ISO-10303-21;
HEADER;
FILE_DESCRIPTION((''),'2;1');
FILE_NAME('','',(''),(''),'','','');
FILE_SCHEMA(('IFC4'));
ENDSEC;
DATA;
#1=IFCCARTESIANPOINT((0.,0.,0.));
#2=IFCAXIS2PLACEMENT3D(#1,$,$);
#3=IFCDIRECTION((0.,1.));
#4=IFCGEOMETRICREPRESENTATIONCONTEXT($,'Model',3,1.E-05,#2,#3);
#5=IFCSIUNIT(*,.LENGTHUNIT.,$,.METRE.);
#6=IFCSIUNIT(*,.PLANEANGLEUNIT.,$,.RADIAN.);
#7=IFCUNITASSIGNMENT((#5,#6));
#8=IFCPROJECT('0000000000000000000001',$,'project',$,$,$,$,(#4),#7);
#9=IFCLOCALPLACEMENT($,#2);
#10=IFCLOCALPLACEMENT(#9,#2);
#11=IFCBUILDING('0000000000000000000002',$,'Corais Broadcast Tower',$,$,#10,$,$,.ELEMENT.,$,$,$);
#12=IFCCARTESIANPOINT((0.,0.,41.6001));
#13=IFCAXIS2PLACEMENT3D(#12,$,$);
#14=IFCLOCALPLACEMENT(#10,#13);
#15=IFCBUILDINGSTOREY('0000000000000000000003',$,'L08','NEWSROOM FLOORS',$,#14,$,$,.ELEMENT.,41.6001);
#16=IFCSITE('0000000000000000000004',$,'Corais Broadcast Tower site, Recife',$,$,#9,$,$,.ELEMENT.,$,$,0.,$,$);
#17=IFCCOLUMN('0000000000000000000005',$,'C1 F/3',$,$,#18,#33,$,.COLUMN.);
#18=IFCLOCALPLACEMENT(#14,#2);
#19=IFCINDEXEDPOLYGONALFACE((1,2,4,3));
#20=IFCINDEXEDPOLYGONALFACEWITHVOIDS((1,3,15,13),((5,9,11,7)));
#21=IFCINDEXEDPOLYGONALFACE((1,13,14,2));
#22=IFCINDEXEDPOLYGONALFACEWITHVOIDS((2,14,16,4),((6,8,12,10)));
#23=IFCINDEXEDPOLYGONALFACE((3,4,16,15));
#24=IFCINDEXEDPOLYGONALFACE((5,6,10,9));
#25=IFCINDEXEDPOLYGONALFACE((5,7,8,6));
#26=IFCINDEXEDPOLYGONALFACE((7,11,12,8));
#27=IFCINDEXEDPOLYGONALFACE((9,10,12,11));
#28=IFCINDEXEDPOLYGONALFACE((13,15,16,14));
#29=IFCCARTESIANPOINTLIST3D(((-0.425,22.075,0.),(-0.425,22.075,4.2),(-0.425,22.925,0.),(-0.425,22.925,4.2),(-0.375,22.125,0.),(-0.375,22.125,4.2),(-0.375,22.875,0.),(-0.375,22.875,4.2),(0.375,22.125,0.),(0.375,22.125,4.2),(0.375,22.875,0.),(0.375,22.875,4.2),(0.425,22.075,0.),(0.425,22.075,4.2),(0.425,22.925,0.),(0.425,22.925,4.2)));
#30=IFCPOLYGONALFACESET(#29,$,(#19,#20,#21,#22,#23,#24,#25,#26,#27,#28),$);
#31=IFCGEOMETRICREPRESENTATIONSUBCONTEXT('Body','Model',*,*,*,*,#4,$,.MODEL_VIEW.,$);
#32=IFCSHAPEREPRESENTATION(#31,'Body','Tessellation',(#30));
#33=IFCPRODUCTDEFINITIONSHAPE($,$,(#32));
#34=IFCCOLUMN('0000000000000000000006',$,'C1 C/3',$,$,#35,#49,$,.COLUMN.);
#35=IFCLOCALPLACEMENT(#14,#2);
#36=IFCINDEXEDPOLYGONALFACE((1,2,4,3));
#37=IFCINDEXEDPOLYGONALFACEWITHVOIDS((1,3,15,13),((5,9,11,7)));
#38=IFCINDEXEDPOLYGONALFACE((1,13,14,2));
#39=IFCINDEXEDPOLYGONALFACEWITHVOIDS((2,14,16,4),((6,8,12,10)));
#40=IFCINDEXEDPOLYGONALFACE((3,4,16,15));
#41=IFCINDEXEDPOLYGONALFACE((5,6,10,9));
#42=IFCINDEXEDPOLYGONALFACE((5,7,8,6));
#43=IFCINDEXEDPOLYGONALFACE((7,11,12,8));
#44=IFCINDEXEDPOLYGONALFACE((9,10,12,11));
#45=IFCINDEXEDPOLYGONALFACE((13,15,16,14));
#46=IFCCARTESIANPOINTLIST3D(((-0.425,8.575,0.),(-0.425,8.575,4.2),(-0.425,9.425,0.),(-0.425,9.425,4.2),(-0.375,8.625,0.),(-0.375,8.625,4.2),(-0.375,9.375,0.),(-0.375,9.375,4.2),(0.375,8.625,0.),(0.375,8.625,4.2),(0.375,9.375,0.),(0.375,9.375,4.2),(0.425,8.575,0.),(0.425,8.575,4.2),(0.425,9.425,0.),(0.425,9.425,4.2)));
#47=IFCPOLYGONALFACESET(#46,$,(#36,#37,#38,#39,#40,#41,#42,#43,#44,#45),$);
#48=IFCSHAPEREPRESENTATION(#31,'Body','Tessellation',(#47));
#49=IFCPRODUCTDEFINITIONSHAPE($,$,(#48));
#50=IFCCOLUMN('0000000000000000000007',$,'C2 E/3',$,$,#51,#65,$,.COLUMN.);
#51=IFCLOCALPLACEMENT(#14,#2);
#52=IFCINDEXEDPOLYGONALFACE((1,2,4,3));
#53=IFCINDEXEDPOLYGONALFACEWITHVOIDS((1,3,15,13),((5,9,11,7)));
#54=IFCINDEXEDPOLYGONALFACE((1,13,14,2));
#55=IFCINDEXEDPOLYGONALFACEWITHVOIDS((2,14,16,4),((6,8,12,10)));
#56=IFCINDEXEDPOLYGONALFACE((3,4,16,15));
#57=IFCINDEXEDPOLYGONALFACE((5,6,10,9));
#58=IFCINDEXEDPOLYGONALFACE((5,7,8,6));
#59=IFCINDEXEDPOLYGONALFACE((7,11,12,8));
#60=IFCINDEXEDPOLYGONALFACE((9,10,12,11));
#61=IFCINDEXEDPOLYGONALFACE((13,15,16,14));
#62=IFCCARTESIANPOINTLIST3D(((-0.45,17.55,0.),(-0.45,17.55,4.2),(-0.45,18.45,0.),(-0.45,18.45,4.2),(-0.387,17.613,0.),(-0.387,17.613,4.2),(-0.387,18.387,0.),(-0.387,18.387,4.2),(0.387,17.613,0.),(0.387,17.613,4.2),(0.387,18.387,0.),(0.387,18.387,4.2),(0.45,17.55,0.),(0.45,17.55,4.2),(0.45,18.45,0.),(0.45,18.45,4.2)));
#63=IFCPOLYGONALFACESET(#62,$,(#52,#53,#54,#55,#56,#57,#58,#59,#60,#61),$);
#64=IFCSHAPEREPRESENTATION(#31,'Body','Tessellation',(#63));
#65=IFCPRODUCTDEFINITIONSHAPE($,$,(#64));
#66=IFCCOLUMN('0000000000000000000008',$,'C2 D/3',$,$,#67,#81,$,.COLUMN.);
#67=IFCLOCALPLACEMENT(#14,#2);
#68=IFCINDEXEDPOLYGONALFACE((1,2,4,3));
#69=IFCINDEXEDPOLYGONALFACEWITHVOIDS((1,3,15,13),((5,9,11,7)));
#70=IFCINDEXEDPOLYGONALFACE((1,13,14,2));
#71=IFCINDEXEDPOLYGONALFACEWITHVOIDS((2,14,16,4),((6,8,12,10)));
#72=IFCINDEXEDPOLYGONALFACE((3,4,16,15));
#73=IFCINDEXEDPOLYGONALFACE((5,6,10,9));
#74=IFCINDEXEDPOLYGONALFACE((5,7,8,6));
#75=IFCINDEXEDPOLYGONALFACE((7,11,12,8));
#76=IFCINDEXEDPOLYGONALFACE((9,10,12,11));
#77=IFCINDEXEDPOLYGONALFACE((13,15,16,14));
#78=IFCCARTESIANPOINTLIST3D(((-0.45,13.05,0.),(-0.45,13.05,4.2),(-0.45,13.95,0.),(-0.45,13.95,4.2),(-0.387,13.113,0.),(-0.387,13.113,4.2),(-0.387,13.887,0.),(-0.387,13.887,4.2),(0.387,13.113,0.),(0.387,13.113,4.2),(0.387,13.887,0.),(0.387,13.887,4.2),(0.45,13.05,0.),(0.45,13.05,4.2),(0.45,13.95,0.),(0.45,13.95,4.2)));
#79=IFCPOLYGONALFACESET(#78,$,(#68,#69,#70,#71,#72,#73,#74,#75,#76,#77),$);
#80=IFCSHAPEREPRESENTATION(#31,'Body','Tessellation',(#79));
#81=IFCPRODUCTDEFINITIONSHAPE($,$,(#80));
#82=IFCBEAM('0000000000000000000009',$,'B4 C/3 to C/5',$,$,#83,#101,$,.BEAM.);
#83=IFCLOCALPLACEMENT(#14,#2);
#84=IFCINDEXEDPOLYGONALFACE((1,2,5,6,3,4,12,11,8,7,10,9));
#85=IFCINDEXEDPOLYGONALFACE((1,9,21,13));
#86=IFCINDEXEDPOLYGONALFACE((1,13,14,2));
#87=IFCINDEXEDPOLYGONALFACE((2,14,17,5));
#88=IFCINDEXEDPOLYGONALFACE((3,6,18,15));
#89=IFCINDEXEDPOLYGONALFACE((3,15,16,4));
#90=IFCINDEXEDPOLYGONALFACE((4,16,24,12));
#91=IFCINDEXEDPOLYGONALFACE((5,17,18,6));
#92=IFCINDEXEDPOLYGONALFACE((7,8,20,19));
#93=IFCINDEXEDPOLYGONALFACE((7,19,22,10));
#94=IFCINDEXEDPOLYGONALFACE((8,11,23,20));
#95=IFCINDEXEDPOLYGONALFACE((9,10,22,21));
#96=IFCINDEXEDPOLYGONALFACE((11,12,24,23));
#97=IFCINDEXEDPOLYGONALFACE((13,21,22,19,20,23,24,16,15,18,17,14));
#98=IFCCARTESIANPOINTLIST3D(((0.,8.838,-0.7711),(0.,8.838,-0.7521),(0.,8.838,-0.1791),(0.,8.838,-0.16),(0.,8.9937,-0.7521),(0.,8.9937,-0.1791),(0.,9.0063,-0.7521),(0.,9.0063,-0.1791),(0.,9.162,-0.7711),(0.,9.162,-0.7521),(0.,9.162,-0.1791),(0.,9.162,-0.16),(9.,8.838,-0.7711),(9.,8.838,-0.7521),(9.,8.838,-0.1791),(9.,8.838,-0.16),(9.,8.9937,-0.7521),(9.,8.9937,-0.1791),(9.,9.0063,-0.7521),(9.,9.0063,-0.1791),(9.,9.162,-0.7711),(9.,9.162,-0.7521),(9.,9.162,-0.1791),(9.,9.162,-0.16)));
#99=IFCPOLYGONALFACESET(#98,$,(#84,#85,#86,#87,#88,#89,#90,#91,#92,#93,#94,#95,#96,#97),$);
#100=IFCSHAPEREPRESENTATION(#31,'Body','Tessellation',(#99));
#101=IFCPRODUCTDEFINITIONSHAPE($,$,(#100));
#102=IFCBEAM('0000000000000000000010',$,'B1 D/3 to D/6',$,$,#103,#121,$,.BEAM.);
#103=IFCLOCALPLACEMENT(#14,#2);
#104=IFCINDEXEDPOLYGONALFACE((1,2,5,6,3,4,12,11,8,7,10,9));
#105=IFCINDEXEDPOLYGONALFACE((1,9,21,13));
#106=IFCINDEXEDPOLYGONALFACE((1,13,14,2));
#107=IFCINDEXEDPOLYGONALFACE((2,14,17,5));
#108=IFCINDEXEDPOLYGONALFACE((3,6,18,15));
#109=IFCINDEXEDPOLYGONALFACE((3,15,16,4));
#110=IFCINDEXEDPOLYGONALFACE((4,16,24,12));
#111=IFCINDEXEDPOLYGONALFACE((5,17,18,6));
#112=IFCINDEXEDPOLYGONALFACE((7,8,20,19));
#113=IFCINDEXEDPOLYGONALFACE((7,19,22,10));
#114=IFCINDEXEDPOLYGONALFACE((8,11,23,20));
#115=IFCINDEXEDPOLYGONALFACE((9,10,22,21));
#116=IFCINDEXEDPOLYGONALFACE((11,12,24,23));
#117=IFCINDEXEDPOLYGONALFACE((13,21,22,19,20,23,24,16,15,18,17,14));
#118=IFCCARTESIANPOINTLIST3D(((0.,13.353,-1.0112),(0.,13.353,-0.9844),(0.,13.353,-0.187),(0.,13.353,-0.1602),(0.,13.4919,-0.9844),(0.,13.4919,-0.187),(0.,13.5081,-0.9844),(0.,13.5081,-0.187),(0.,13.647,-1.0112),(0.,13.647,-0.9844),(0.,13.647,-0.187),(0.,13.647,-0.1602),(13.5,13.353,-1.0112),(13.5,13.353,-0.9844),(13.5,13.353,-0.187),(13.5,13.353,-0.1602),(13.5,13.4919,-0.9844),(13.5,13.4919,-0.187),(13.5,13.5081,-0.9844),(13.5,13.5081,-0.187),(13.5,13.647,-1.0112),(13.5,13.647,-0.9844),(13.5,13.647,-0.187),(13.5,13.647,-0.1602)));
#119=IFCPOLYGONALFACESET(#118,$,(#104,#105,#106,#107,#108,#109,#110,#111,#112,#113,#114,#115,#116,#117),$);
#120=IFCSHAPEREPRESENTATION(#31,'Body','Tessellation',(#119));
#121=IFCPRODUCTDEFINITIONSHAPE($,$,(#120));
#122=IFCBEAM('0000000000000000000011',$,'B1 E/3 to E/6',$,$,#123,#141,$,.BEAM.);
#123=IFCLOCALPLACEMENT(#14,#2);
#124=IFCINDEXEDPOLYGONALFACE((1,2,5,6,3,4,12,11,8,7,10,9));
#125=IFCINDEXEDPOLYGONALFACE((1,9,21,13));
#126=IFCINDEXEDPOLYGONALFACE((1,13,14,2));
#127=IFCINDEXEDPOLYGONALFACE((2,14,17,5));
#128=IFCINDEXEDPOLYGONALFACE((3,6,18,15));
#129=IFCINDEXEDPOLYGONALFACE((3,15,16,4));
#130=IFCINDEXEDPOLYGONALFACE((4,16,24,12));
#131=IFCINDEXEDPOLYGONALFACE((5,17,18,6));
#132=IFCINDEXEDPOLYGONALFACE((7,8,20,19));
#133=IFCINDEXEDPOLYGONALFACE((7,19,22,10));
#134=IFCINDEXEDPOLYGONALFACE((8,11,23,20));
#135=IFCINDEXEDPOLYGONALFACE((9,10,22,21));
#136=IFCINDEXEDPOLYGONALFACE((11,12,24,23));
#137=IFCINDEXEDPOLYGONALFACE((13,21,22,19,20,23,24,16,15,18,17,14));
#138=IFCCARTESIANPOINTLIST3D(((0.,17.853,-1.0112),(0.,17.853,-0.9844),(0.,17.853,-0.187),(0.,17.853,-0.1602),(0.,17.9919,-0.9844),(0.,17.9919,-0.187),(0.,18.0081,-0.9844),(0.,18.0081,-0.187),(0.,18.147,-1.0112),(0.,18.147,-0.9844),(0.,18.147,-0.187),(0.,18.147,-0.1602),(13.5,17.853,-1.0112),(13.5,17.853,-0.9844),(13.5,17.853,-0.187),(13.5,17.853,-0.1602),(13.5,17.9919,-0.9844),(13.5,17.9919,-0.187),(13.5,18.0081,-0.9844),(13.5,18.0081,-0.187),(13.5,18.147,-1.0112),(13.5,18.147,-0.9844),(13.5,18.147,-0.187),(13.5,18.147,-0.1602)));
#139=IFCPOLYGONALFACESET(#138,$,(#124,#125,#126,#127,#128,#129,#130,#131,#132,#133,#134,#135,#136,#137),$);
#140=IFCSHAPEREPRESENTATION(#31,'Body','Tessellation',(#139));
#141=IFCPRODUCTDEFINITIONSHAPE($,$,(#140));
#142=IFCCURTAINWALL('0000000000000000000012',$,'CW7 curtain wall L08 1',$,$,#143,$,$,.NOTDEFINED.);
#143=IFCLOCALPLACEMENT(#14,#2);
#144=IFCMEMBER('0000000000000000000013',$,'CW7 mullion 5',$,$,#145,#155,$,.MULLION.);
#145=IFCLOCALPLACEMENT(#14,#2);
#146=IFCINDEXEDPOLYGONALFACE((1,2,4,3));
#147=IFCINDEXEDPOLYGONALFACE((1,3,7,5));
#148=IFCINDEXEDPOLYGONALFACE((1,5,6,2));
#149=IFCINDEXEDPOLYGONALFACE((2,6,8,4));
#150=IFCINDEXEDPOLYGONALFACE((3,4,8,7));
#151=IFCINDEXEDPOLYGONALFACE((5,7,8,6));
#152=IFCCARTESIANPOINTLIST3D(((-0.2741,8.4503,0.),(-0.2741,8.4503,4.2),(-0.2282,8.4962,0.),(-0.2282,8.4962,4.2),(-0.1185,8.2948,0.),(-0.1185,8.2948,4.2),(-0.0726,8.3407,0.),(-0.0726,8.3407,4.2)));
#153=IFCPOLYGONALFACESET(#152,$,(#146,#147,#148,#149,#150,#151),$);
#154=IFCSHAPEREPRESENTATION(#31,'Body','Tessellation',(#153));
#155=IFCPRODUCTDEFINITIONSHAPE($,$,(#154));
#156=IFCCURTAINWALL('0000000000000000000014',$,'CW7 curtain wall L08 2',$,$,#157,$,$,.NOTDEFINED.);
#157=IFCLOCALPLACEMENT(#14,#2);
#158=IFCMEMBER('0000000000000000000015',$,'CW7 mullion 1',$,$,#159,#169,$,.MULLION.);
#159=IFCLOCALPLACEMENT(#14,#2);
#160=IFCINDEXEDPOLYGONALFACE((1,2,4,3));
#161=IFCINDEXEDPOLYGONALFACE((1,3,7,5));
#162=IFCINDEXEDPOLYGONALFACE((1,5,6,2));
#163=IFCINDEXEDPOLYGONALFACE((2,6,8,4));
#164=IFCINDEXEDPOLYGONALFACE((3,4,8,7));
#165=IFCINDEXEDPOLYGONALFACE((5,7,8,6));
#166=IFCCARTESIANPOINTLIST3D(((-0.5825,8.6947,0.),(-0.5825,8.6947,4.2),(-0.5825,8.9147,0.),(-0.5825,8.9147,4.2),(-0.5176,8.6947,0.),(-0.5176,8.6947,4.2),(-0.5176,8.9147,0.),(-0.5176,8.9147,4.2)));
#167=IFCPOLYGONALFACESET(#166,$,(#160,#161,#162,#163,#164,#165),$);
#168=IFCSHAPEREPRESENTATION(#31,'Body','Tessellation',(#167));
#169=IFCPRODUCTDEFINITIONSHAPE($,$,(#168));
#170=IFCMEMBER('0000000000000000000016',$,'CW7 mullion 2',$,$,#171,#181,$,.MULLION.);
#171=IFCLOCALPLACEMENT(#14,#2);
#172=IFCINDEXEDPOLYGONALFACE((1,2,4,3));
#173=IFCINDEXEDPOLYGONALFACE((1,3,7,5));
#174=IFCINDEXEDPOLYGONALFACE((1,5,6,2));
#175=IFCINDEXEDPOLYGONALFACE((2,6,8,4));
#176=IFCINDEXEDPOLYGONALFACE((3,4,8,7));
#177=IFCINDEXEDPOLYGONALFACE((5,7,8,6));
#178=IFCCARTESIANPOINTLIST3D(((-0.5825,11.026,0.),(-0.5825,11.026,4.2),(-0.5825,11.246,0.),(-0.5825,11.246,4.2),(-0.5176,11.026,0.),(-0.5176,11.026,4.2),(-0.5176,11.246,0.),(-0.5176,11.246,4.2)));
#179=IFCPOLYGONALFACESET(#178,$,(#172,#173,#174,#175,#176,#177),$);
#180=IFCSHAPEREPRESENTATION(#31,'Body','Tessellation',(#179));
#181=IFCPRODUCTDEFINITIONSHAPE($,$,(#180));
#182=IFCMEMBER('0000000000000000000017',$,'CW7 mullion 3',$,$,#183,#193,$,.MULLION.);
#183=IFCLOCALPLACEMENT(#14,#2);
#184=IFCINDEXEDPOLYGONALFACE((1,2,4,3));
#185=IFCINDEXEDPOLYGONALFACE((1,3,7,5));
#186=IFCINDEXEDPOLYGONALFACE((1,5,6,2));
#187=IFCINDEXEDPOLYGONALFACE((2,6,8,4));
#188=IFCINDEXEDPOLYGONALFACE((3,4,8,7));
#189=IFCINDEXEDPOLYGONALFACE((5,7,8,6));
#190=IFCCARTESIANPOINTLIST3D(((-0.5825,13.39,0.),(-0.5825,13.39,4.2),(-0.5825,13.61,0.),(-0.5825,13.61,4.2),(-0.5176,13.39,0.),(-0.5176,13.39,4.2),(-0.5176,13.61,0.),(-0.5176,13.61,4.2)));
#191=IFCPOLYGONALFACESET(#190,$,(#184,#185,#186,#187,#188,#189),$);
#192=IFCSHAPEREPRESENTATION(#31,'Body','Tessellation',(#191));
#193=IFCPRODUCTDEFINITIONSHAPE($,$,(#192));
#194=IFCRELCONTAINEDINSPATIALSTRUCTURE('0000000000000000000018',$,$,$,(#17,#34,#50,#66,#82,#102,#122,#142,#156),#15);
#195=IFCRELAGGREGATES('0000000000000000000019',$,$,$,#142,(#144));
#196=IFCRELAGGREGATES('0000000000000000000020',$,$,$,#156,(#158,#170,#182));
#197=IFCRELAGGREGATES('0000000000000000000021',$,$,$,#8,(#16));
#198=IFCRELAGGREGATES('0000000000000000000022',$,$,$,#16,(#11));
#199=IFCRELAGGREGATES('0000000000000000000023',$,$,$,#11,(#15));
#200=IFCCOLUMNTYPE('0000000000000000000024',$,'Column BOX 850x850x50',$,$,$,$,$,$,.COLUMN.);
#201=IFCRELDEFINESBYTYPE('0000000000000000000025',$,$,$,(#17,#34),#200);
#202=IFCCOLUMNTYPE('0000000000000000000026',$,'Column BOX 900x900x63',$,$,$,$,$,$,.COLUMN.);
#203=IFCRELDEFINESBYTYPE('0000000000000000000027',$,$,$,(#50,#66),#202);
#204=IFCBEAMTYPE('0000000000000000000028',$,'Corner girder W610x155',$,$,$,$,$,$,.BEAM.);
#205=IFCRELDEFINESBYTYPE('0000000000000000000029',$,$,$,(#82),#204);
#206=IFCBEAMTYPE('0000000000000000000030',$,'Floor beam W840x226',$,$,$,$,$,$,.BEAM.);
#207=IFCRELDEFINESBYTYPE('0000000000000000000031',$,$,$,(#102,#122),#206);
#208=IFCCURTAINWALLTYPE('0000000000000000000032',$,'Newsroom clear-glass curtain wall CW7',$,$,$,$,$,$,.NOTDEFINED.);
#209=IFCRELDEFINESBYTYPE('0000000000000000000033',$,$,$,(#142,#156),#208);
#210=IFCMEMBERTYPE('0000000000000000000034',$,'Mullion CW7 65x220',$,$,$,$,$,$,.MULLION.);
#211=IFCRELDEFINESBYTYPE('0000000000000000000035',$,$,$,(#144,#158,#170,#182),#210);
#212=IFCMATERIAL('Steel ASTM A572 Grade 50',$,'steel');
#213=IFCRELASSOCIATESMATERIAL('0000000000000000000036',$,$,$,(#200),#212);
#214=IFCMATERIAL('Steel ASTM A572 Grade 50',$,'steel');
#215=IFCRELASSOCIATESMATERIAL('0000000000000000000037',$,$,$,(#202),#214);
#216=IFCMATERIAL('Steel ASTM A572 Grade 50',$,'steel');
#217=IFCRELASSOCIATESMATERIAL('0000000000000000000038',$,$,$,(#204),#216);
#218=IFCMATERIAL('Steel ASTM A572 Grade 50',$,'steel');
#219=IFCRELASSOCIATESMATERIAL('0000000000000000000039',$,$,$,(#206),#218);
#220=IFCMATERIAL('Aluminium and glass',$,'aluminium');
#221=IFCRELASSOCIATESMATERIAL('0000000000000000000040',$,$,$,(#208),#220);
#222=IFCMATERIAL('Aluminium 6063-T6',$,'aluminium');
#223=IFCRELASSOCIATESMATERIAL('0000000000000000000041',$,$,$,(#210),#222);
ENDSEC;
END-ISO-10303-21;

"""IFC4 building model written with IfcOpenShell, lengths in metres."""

from ifc_helpers import new_model, si_unit, direction, frame, origin, origin_2d, place, context, subcontext, project, spatial, rectangle, hollow_rectangle, i_section, extrude, material, material_profile, profile_set, type_object, element, aggregate, save


model = new_model("IFC4")

# Units and contexts
model_context = context("Model", 3, precision=1e-05, world=origin(), true_north=direction((0.0, 1.0)))
body_context = subcontext(model_context, "Body", "Model", "MODEL_VIEW")
ifc_project = project(units=[si_unit("LENGTHUNIT", "METRE"), si_unit("PLANEANGLEUNIT", "RADIAN")], contexts=[model_context])

# Site, building, storey
site_placement = place(None, origin())
site = spatial("IfcSite", under=ifc_project, at=site_placement, Name="Corais Broadcast Tower site, Recife", CompositionType="ELEMENT", RefElevation=0.0)
building_placement = place(site_placement, origin())
building = spatial("IfcBuilding", under=site, at=building_placement, Name="Corais Broadcast Tower", CompositionType="ELEMENT")
storey_placement = place(building_placement, frame((0.0, 0.0, 41.6001)))
storey = spatial("IfcBuildingStorey", under=building, at=storey_placement, Name="L08", Description="NEWSROOM FLOORS", CompositionType="ELEMENT", Elevation=41.6001)

# Columns
ifc_material_1 = material(Name="Steel ASTM A572 Grade 50", Category="steel")
ifc_material_profile_1 = material_profile(ifc_material_1, hollow_rectangle(XDim=0.8501, YDim=0.8501, WallThickness=0.05, at=origin_2d()), Name="BOX 850x850x50")
ifc_profile_set_1 = profile_set([ifc_material_profile_1], Name="Steel ASTM A572 Grade 50")
column_type_1 = type_object("IfcColumnType", Name="Column BOX 850x850x50", PredefinedType="COLUMN", material=ifc_profile_set_1)
for number, where, z_axis, x_axis, name in (
    (1, (0.0, 22.5, 0.0), (0.0, 0.0, 1.0), (1.0, 0.0, 0.0), "C1 F/3"),
    (2, (0.0, 9.0, 0.0), (0.0, 0.0, 1.0), (1.0, 0.0, 0.0), "C1 C/3"),
):
    element("IfcColumn", number, at=place(storey_placement, frame(where, z_axis=z_axis, x_axis=x_axis)), inside=storey, type_object=column_type_1, Name=name, PredefinedType="COLUMN", context=body_context, shape_type="SweptSolid", body=[
        extrude(hollow_rectangle(XDim=0.8501, YDim=0.8501, WallThickness=0.05, at=origin_2d()), origin(), (0.0, 0.0, 1.0), 4.2),
    ])
ifc_material_2 = material(Name="Steel ASTM A572 Grade 50", Category="steel")
ifc_material_profile_2 = material_profile(ifc_material_2, hollow_rectangle(XDim=0.8999, YDim=0.8999, WallThickness=0.063, at=origin_2d()), Name="BOX 900x900x63")
ifc_profile_set_2 = profile_set([ifc_material_profile_2], Name="Steel ASTM A572 Grade 50")
column_type_2 = type_object("IfcColumnType", Name="Column BOX 900x900x63", PredefinedType="COLUMN", material=ifc_profile_set_2)
for number, where, z_axis, x_axis, name in (
    (3, (0.0, 18.0, 0.0), (0.0, 0.0, 1.0), (1.0, 0.0, 0.0), "C2 E/3"),
    (4, (0.0, 13.5, 0.0), (0.0, 0.0, 1.0), (1.0, 0.0, 0.0), "C2 D/3"),
):
    element("IfcColumn", number, at=place(storey_placement, frame(where, z_axis=z_axis, x_axis=x_axis)), inside=storey, type_object=column_type_2, Name=name, PredefinedType="COLUMN", context=body_context, shape_type="SweptSolid", body=[
        extrude(hollow_rectangle(XDim=0.8999, YDim=0.8999, WallThickness=0.063, at=origin_2d()), origin(), (0.0, 0.0, 1.0), 4.2),
    ])

# Beams
ifc_material_3 = material(Name="Steel ASTM A572 Grade 50", Category="steel")
ifc_material_profile_3 = material_profile(ifc_material_3, i_section(OverallWidth=0.324, OverallDepth=0.6111, WebThickness=0.0127, FlangeThickness=0.019, at=origin_2d()), Name="W610x155")
ifc_profile_set_3 = profile_set([ifc_material_profile_3], Name="Steel ASTM A572 Grade 50")
beam_type_1 = type_object("IfcBeamType", Name="Corner girder W610x155", PredefinedType="BEAM", material=ifc_profile_set_3)
beam_1_placement = place(storey_placement, frame((0.0, 9.0, -0.4656), z_axis=(1.0, 0.0, 0.0), x_axis=(0.0, 1.0, 0.0)))
element("IfcBeam", 5, at=beam_1_placement, inside=storey, type_object=beam_type_1, Name="B4 C/3 to C/5", PredefinedType="BEAM", context=body_context, shape_type="SweptSolid", body=[
    extrude(i_section(OverallWidth=0.324, OverallDepth=0.6111, WebThickness=0.0127, FlangeThickness=0.019, at=origin_2d()), origin(), (0.0, 0.0, 1.0), 9.0),
])
ifc_material_4 = material(Name="Steel ASTM A572 Grade 50", Category="steel")
ifc_material_profile_4 = material_profile(ifc_material_4, i_section(OverallWidth=0.2939, OverallDepth=0.8511, WebThickness=0.0161, FlangeThickness=0.0269, at=origin_2d()), Name="W840x226")
ifc_profile_set_4 = profile_set([ifc_material_profile_4], Name="Steel ASTM A572 Grade 50")
beam_type_2 = type_object("IfcBeamType", Name="Floor beam W840x226", PredefinedType="BEAM", material=ifc_profile_set_4)
for number, where, z_axis, x_axis, name in (
    (6, (0.0, 13.5, -0.5857), (1.0, 0.0, 0.0), (0.0, 1.0, 0.0), "B1 D/3 to D/6"),
    (7, (0.0, 18.0, -0.5857), (1.0, 0.0, 0.0), (0.0, 1.0, 0.0), "B1 E/3 to E/6"),
):
    element("IfcBeam", number, at=place(storey_placement, frame(where, z_axis=z_axis, x_axis=x_axis)), inside=storey, type_object=beam_type_2, Name=name, PredefinedType="BEAM", context=body_context, shape_type="SweptSolid", body=[
        extrude(i_section(OverallWidth=0.2939, OverallDepth=0.8511, WebThickness=0.0161, FlangeThickness=0.0269, at=origin_2d()), origin(), (0.0, 0.0, 1.0), 13.5),
    ])

# Curtain wall, member
ifc_material_5 = material(Name="Aluminium and glass", Category="aluminium")
curtain_wall_type = type_object("IfcCurtainWallType", Name="Newsroom clear-glass curtain wall CW7", PredefinedType="NOTDEFINED", material=ifc_material_5)
curtain_wall_1_placement = place(storey_placement, origin())
curtain_wall_1 = element("IfcCurtainWall", 8, at=curtain_wall_1_placement, inside=storey, type_object=curtain_wall_type, Name="CW7 curtain wall L08 1", PredefinedType="NOTDEFINED")
ifc_material_6 = material(Name="Aluminium 6063-T6", Category="aluminium")
ifc_material_profile_5 = material_profile(ifc_material_6, rectangle(XDim=0.0649, YDim=0.22, at=origin_2d()), Name="Mullion CW7 65x220")
ifc_profile_set_5 = profile_set([ifc_material_profile_5], Name="Aluminium 6063-T6")
member_type_1 = type_object("IfcMemberType", Name="Mullion CW7 65x220", PredefinedType="MULLION", material=ifc_profile_set_5)
member_1_placement = place(storey_placement, frame((-0.1733, 8.3955, 0.0), z_axis=(0.0, 0.0, 1.0), x_axis=(-0.707107, -0.707107, 0.0)))
member_1 = element("IfcMember", 9, at=member_1_placement, type_object=member_type_1, Name="CW7 mullion 5", PredefinedType="MULLION", context=body_context, shape_type="SweptSolid", body=[
    extrude(rectangle(XDim=0.0649, YDim=0.22, at=origin_2d()), origin(), (0.0, 0.0, 1.0), 4.2),
])
aggregate(curtain_wall_1, [member_1])

# Curtain wall, members
curtain_wall_2_placement = place(storey_placement, origin())
curtain_wall_2 = element("IfcCurtainWall", 10, at=curtain_wall_2_placement, inside=storey, type_object=curtain_wall_type, Name="CW7 curtain wall L08 2", PredefinedType="NOTDEFINED")
member_2_placement = place(storey_placement, frame((-0.55, 8.8047, 0.0), z_axis=(0.0, 0.0, 1.0), x_axis=(-1.0, 0.0, 0.0)))
member_2 = element("IfcMember", 11, at=member_2_placement, type_object=member_type_1, Name="CW7 mullion 1", PredefinedType="MULLION", context=body_context, shape_type="SweptSolid", body=[
    extrude(rectangle(XDim=0.0649, YDim=0.22, at=origin_2d()), origin(), (0.0, 0.0, 1.0), 4.2),
])
member_3_placement = place(storey_placement, frame((-0.55, 11.136, 0.0), z_axis=(0.0, 0.0, 1.0), x_axis=(-1.0, 0.0, 0.0)))
member_3 = element("IfcMember", 12, at=member_3_placement, type_object=member_type_1, Name="CW7 mullion 2", PredefinedType="MULLION", context=body_context, shape_type="SweptSolid", body=[
    extrude(rectangle(XDim=0.0649, YDim=0.22, at=origin_2d()), origin(), (0.0, 0.0, 1.0), 4.2),
])
member_4_placement = place(storey_placement, frame((-0.55, 13.5, 0.0), z_axis=(0.0, 0.0, 1.0), x_axis=(-1.0, 0.0, 0.0)))
member_4 = element("IfcMember", 13, at=member_4_placement, type_object=member_type_1, Name="CW7 mullion 3", PredefinedType="MULLION", context=body_context, shape_type="SweptSolid", body=[
    extrude(rectangle(XDim=0.0649, YDim=0.22, at=origin_2d()), origin(), (0.0, 0.0, 1.0), 4.2),
])

aggregate(curtain_wall_2, [member_2, member_3, member_4])

save(model, "model.ifc")
